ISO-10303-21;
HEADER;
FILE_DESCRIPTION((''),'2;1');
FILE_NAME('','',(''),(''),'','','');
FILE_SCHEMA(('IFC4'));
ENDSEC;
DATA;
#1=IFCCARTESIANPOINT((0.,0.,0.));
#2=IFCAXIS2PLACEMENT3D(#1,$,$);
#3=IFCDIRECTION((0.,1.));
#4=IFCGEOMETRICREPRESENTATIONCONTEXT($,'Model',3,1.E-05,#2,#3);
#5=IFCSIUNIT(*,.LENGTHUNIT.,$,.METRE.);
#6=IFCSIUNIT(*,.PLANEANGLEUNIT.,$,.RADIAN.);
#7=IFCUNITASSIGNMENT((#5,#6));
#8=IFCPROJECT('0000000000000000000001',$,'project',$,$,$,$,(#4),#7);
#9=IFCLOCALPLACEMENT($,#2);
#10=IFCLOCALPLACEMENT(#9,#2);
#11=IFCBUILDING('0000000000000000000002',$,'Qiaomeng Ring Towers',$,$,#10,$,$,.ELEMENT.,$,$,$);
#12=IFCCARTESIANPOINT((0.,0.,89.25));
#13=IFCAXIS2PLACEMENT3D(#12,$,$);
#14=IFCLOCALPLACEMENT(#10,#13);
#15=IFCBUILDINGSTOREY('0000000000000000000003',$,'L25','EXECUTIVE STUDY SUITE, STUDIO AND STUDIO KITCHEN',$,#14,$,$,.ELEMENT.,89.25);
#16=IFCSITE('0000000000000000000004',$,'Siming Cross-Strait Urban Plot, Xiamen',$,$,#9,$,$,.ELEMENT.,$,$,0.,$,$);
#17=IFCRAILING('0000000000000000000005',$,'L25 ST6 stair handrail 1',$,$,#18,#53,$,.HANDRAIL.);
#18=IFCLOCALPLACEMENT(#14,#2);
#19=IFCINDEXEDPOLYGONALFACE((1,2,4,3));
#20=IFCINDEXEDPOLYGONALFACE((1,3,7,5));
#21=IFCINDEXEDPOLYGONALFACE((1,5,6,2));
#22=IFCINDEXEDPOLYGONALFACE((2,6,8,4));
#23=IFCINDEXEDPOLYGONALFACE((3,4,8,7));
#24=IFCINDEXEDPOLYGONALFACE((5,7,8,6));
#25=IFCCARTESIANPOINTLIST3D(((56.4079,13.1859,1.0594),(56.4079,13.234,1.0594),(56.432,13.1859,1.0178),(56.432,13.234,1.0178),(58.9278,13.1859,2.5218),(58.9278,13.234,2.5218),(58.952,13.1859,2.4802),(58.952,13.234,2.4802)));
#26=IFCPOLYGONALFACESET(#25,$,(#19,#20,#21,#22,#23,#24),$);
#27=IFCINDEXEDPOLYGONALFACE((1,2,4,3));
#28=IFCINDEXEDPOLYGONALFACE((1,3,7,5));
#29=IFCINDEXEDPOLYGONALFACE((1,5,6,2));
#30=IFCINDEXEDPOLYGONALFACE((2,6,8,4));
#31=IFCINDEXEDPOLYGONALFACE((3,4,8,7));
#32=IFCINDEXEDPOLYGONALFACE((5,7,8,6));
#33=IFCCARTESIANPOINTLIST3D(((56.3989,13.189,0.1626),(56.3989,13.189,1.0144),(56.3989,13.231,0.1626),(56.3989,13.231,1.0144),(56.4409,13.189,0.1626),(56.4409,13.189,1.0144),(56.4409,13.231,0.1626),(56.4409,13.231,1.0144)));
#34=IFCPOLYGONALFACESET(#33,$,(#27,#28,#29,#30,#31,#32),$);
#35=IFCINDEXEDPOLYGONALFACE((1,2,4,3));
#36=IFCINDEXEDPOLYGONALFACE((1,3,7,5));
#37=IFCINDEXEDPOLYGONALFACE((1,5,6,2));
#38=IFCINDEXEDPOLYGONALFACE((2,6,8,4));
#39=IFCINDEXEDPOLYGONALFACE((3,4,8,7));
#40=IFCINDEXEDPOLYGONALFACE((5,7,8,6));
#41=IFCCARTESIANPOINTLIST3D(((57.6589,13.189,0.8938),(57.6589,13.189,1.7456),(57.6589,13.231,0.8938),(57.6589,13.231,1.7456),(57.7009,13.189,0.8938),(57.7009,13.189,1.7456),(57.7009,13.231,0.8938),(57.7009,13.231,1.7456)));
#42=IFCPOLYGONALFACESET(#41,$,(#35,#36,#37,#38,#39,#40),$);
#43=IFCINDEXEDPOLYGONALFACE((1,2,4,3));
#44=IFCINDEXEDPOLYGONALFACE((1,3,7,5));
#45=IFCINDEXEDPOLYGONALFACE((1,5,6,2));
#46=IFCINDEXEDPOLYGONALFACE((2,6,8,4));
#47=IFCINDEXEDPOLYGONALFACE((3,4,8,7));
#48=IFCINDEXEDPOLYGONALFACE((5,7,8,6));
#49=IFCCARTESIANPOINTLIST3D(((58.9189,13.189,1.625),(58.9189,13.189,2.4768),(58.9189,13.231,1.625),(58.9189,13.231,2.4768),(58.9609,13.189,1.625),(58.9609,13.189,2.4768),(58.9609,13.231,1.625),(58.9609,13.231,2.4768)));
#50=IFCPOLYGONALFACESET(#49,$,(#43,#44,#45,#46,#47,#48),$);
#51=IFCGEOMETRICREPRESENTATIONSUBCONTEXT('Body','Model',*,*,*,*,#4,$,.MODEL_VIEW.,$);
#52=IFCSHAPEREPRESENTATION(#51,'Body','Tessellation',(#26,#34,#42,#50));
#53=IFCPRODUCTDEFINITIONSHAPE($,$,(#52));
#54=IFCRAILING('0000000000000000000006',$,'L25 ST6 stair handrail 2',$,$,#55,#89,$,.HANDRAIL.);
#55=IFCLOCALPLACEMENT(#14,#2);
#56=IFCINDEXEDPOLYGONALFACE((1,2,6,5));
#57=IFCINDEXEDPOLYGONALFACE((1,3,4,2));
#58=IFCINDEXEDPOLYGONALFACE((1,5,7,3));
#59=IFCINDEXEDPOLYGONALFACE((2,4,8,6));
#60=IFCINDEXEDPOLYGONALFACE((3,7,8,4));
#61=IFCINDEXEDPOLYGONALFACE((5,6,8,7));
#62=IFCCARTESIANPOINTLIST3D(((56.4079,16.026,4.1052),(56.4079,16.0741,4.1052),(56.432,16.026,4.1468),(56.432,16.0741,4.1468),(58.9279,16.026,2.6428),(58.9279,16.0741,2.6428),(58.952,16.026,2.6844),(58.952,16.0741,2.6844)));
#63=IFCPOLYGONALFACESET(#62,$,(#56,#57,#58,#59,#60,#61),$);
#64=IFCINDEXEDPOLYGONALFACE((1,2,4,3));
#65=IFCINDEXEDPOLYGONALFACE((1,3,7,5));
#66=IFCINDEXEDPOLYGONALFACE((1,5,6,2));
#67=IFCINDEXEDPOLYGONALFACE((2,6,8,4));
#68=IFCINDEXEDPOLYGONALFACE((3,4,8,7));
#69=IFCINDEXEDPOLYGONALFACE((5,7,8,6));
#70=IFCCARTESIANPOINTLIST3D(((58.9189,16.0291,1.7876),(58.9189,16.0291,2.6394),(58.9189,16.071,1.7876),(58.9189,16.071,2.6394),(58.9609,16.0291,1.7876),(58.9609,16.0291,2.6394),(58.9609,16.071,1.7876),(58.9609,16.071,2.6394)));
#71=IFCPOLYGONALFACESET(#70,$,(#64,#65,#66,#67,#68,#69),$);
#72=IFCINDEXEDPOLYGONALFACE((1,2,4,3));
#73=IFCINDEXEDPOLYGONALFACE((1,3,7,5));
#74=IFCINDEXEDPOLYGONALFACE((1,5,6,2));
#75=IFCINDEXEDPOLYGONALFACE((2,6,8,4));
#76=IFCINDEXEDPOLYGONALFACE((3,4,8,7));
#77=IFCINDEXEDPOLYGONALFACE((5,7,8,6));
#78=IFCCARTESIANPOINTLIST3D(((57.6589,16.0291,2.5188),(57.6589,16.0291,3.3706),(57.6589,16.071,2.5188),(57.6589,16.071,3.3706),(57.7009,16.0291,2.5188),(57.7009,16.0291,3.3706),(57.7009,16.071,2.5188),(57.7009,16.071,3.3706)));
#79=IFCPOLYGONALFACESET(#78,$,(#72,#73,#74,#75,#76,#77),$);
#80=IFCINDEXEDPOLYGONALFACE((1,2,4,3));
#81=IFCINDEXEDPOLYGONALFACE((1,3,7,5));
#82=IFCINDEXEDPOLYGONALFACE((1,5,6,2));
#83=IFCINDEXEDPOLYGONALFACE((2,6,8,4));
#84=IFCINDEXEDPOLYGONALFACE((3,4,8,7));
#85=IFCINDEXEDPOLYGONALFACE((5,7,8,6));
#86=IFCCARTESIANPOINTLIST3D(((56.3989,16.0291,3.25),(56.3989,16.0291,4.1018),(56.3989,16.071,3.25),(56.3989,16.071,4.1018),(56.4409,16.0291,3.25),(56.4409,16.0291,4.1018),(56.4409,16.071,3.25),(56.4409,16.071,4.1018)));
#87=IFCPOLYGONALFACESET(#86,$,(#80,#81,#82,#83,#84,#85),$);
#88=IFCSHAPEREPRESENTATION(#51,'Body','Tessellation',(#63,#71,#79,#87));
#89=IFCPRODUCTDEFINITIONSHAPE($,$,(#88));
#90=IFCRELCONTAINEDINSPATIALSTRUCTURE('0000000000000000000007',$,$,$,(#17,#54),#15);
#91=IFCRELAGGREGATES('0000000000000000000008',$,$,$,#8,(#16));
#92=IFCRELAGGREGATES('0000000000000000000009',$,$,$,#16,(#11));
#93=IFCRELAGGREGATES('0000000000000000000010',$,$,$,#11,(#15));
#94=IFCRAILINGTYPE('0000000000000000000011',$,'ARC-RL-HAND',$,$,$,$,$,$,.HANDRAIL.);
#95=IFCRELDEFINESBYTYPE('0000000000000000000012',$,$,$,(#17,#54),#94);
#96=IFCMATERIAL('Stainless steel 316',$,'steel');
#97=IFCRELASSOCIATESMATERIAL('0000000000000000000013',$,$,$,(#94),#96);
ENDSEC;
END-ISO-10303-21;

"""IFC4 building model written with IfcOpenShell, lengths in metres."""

from ifc_helpers import new_model, si_unit, direction, frame, origin, origin_2d, place, context, subcontext, project, spatial, rectangle, extrude, material, type_object, element, save


model = new_model("IFC4")

# Units and contexts
model_context = context("Model", 3, precision=1e-05, world=origin(), true_north=direction((0.0, 1.0)))
body_context = subcontext(model_context, "Body", "Model", "MODEL_VIEW")
ifc_project = project(units=[si_unit("LENGTHUNIT", "METRE"), si_unit("PLANEANGLEUNIT", "RADIAN")], contexts=[model_context])

# Site, building, storey
site_placement = place(None, origin())
site = spatial("IfcSite", under=ifc_project, at=site_placement, Name="Siming Cross-Strait Urban Plot, Xiamen", CompositionType="ELEMENT", RefElevation=0.0)
building_placement = place(site_placement, origin())
building = spatial("IfcBuilding", under=site, at=building_placement, Name="Qiaomeng Ring Towers", CompositionType="ELEMENT")
storey_placement = place(building_placement, frame((0.0, 0.0, 89.25)))
storey = spatial("IfcBuildingStorey", under=building, at=storey_placement, Name="L25", Description="EXECUTIVE STUDY SUITE, STUDIO AND STUDIO KITCHEN", CompositionType="ELEMENT", Elevation=89.25)

# Shared definitions
ifc_material_1 = material(Name="Stainless steel 316", Category="steel")

# Railings
railing_type_1 = type_object("IfcRailingType", Name="ARC-RL-HAND", PredefinedType="HANDRAIL", material=ifc_material_1)
railing_1_placement = place(storey_placement, frame((56.4199, 13.21, 0.1626)))
element("IfcRailing", 1, at=railing_1_placement, inside=storey, type_object=railing_type_1, Name="L25 ST6 stair handrail 1", PredefinedType="HANDRAIL", context=body_context, shape_type="SweptSolid", body=[
    extrude(rectangle(XDim=0.0481, YDim=0.0481, at=origin_2d()), frame((0.0, 0.0, 0.876), z_axis=(0.864913, 0.0, 0.501921), x_axis=(0.0, 1.0, 0.0)), (0.0, 0.0, 1.0), 2.9136),
    extrude(rectangle(XDim=0.042, YDim=0.042, at=origin_2d()), origin(), (0.0, 0.0, 1.0), 0.8518),
    extrude(rectangle(XDim=0.042, YDim=0.042, at=origin_2d()), frame((1.26, 0.0, 0.7312)), (0.0, 0.0, 1.0), 0.8518),
    extrude(rectangle(XDim=0.042, YDim=0.042, at=origin_2d()), frame((2.52, 0.0, 1.4624)), (0.0, 0.0, 1.0), 0.8518),
])
railing_2_placement = place(storey_placement, frame((58.9399, 16.05, 1.7876)))
element("IfcRailing", 2, at=railing_2_placement, inside=storey, type_object=railing_type_1, Name="L25 ST6 stair handrail 2", PredefinedType="HANDRAIL", context=body_context, shape_type="SweptSolid", body=[
    extrude(rectangle(XDim=0.0481, YDim=0.0481, at=origin_2d()), frame((0.0, 0.0, 0.876), z_axis=(-0.864913, 0.0, 0.501921), x_axis=(0.0, -1.0, 0.0)), (0.0, 0.0, 1.0), 2.9136),
    extrude(rectangle(XDim=0.042, YDim=0.042, at=origin_2d()), origin(), (0.0, 0.0, 1.0), 0.8518),
    extrude(rectangle(XDim=0.042, YDim=0.042, at=origin_2d()), frame((-1.26, 0.0, 0.7312)), (0.0, 0.0, 1.0), 0.8518),
    extrude(rectangle(XDim=0.042, YDim=0.042, at=origin_2d()), frame((-2.52, 0.0, 1.4624)), (0.0, 0.0, 1.0), 0.8518),
])

save(model, "model.ifc")
